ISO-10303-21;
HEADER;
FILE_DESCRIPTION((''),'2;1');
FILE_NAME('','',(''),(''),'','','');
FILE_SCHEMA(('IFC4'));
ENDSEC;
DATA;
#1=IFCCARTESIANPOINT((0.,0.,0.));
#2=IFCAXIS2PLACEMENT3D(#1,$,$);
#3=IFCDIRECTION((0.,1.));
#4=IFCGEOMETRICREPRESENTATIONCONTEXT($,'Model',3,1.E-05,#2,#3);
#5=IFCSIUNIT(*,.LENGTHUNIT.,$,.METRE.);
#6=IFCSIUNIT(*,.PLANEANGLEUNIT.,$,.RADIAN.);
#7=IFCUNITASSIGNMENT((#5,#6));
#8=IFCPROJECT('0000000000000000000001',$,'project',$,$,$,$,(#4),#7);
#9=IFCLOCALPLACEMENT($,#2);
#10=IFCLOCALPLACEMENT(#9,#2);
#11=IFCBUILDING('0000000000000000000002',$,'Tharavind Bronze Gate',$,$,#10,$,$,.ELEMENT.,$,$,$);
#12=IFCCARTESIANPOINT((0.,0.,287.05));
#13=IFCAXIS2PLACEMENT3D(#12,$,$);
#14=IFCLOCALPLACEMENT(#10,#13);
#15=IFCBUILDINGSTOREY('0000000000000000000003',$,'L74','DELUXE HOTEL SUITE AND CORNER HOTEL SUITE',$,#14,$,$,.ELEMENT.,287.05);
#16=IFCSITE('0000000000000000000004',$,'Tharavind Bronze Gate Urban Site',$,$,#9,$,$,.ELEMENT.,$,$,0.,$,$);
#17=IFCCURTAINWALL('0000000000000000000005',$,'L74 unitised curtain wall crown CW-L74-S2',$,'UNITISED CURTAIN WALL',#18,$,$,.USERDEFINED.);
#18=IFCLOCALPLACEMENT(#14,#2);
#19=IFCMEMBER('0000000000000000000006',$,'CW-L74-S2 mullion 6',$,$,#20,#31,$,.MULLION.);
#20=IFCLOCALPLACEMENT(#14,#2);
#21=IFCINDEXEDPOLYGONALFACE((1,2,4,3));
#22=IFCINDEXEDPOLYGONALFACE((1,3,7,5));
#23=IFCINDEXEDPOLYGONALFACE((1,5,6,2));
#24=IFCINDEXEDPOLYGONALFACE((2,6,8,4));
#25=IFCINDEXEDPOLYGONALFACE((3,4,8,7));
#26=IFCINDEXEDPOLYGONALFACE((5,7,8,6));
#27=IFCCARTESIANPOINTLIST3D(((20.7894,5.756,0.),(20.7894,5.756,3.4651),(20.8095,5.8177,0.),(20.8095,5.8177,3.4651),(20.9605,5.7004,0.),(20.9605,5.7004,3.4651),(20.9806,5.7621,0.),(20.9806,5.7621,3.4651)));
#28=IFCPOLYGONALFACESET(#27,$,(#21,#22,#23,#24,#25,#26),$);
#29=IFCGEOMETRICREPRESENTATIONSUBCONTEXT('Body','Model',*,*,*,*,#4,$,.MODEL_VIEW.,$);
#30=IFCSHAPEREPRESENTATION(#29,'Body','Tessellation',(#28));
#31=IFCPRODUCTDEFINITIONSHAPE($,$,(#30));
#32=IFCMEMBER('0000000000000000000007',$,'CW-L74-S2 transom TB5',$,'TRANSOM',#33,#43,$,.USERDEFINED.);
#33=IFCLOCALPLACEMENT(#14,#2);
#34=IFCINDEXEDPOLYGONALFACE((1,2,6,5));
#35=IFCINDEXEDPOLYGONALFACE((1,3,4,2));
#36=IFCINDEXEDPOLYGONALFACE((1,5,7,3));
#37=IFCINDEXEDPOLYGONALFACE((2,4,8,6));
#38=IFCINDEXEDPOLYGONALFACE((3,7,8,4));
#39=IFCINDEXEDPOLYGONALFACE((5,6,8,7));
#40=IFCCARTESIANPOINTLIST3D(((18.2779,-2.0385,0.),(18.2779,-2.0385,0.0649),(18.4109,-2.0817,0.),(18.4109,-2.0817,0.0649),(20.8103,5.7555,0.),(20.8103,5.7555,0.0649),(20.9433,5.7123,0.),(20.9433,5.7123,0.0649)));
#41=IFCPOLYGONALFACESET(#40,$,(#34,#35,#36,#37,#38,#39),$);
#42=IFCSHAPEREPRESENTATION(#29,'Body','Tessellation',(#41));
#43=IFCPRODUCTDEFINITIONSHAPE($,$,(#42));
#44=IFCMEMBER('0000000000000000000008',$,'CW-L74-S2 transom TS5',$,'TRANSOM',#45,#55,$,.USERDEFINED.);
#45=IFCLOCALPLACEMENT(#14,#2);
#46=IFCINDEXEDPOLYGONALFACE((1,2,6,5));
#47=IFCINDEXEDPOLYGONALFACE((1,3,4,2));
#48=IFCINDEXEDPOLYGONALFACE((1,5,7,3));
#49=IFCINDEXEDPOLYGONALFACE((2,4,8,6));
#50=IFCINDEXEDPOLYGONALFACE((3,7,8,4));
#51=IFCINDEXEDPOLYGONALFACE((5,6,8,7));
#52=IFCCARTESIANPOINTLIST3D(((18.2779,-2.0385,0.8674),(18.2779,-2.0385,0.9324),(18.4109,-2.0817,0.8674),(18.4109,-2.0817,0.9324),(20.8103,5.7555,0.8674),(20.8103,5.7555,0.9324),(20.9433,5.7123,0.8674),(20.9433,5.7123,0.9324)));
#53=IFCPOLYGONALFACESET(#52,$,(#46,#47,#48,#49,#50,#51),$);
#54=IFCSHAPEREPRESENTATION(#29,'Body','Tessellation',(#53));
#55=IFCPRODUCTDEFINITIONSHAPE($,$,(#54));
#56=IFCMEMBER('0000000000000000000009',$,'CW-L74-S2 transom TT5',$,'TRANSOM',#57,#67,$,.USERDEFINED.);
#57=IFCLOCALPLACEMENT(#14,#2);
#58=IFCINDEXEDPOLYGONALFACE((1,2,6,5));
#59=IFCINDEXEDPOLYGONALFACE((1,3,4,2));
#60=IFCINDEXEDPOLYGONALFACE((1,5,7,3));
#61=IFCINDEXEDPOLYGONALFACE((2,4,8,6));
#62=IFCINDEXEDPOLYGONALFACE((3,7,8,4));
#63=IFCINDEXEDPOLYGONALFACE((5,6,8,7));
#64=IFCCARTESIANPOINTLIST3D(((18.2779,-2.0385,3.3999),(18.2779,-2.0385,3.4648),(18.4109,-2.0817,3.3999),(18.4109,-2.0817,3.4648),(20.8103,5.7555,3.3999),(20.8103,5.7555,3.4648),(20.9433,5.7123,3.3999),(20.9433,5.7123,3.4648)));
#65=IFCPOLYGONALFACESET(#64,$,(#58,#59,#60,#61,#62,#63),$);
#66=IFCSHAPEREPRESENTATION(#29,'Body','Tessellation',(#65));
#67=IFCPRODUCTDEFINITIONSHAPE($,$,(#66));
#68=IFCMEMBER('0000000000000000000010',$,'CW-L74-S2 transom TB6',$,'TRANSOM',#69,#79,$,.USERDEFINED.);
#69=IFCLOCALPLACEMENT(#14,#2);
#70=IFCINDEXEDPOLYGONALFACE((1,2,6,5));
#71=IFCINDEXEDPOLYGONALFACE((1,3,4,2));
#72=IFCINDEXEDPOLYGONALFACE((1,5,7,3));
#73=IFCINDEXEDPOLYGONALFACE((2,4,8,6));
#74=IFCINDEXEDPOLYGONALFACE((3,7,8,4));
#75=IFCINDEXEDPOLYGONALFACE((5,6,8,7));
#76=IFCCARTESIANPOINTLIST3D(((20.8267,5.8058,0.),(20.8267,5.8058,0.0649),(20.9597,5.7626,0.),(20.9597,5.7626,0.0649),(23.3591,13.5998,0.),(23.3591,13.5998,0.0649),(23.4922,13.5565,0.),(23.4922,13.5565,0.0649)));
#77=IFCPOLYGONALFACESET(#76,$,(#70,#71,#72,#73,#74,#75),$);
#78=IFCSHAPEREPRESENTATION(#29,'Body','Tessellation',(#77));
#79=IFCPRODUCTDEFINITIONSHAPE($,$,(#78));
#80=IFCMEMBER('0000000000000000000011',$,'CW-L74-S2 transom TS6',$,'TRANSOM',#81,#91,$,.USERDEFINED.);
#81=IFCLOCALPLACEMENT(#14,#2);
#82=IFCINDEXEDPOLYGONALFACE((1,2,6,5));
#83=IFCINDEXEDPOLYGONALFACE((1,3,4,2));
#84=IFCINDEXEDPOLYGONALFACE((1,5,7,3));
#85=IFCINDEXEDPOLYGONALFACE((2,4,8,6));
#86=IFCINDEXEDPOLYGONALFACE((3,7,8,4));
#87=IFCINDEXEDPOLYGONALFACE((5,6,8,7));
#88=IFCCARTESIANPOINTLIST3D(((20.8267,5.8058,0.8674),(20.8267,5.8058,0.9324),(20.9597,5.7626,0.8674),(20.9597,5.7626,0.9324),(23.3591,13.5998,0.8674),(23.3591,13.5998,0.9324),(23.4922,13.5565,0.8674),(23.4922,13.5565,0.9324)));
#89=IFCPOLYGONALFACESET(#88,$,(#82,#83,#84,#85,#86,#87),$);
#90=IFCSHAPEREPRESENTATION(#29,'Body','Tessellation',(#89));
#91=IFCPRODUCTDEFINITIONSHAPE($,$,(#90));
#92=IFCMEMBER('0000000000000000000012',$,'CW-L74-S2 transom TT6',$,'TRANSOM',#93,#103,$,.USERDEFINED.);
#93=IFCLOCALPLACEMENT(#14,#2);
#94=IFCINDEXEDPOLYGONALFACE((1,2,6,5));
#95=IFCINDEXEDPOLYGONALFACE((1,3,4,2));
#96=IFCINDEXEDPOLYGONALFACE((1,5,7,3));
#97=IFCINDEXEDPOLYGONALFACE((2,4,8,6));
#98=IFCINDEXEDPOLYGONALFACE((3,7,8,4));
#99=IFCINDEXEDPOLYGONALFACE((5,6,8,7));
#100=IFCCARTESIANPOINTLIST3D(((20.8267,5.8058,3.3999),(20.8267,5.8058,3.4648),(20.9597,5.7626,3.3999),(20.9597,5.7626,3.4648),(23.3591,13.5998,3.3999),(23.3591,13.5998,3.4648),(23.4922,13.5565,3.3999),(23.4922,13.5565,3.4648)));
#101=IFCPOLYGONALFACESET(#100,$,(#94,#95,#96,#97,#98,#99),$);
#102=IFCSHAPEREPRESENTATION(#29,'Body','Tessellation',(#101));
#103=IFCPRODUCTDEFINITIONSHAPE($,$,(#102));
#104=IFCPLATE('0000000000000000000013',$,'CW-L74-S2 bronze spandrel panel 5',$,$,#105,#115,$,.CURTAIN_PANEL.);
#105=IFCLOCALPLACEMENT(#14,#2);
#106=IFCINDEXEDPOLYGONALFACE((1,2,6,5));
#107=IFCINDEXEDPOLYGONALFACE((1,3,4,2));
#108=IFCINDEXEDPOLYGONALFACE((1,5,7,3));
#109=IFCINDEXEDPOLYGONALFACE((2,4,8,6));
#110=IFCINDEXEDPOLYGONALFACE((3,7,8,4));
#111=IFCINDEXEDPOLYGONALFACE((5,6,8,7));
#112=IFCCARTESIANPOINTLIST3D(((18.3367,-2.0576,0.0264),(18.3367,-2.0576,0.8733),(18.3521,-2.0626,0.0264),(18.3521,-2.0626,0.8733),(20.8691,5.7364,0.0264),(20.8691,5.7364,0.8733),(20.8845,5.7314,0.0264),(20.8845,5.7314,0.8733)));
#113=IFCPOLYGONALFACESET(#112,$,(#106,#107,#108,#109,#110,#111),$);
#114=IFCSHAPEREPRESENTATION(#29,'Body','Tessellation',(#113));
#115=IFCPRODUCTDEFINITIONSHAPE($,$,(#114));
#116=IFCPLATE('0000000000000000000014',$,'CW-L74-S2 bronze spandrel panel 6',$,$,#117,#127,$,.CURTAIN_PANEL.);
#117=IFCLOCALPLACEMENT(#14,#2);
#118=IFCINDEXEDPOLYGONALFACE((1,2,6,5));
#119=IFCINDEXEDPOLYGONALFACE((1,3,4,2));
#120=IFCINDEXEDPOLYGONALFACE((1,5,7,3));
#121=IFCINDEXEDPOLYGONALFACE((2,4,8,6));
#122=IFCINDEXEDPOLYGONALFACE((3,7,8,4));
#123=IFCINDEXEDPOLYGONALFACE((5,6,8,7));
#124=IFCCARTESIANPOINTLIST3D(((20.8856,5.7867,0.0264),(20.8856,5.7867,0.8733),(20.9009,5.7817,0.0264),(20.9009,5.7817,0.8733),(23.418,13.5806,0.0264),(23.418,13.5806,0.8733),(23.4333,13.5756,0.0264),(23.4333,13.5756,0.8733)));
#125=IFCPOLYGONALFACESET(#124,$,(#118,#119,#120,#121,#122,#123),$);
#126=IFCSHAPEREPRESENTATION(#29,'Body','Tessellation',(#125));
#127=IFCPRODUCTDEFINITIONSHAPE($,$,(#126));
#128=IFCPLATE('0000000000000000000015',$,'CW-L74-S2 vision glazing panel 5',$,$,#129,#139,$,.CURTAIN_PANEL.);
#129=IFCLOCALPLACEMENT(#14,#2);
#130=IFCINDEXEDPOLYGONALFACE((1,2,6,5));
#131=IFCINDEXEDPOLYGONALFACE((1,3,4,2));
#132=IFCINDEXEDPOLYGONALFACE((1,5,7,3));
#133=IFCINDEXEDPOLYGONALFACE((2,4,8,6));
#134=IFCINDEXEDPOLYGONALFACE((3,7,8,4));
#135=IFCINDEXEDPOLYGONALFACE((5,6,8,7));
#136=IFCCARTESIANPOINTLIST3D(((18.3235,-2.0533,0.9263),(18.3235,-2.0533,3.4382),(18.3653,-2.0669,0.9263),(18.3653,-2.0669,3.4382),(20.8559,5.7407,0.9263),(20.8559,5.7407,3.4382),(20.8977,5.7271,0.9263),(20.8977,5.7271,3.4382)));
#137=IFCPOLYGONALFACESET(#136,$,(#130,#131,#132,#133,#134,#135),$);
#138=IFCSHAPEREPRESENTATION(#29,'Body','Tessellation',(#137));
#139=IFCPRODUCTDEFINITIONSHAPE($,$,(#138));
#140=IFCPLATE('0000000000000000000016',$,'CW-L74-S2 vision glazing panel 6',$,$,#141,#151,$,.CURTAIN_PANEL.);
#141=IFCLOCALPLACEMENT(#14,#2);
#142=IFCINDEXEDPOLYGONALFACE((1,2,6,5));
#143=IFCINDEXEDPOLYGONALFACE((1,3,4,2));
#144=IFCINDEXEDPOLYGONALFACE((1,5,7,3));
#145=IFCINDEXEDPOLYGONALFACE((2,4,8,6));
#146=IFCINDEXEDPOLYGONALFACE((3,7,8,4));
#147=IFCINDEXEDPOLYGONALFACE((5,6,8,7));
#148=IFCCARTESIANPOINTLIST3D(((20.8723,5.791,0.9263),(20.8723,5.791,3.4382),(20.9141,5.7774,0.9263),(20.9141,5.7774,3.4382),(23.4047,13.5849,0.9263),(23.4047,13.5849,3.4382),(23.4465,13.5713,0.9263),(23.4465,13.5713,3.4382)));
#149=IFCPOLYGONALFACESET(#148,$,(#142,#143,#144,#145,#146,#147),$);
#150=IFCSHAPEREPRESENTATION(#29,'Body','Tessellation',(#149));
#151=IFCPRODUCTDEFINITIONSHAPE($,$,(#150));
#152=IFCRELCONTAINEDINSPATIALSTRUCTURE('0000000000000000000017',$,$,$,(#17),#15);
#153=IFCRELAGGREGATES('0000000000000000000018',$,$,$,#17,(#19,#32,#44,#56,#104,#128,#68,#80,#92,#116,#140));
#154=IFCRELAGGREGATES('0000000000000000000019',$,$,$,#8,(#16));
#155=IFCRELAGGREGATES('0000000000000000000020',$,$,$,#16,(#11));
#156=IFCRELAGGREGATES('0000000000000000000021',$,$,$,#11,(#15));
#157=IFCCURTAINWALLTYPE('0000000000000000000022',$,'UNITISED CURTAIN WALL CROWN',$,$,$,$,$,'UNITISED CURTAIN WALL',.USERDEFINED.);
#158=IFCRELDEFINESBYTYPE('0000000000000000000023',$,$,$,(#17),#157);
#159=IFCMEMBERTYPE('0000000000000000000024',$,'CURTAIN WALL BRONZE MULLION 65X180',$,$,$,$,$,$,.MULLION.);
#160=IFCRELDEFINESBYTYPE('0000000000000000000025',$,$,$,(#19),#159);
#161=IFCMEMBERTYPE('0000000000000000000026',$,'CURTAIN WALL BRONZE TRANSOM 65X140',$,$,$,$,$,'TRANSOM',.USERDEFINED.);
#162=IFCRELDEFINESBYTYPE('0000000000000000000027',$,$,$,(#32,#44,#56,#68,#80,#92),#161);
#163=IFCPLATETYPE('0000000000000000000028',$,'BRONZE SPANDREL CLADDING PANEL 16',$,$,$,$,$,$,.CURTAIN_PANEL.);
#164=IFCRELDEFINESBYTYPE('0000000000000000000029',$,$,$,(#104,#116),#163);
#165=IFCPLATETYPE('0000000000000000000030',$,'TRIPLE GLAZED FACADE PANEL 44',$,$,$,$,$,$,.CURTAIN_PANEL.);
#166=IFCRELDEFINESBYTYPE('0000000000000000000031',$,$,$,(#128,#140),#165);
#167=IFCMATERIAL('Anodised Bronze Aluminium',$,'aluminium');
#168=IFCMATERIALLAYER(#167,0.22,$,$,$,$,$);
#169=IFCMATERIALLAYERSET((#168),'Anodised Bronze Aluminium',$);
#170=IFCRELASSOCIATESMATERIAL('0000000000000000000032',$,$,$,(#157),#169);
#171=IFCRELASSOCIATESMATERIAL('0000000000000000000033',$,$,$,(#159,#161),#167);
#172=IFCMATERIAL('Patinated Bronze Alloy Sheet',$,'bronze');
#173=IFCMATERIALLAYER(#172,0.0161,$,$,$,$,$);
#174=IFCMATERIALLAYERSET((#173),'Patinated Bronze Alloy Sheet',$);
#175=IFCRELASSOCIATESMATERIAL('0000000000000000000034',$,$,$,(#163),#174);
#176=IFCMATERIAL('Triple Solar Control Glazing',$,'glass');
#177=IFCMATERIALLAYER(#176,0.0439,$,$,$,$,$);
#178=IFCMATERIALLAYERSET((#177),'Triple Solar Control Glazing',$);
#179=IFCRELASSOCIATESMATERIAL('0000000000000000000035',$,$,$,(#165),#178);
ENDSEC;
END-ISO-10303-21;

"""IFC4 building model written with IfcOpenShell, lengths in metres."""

from ifc_helpers import new_model, si_unit, direction, frame, origin, origin_2d, place, context, subcontext, project, spatial, rectangle, extrude, material, layer, layer_set, type_object, element, aggregate, save


model = new_model("IFC4")

# Units and contexts
model_context = context("Model", 3, precision=1e-05, world=origin(), true_north=direction((0.0, 1.0)))
body_context = subcontext(model_context, "Body", "Model", "MODEL_VIEW")
ifc_project = project(units=[si_unit("LENGTHUNIT", "METRE"), si_unit("PLANEANGLEUNIT", "RADIAN")], contexts=[model_context])

# Site, building, storey
site_placement = place(None, origin())
site = spatial("IfcSite", under=ifc_project, at=site_placement, Name="Tharavind Bronze Gate Urban Site", CompositionType="ELEMENT", RefElevation=0.0)
building_placement = place(site_placement, origin())
building = spatial("IfcBuilding", under=site, at=building_placement, Name="Tharavind Bronze Gate", CompositionType="ELEMENT")
storey_placement = place(building_placement, frame((0.0, 0.0, 287.05)))
storey = spatial("IfcBuildingStorey", under=building, at=storey_placement, Name="L74", Description="DELUXE HOTEL SUITE AND CORNER HOTEL SUITE", CompositionType="ELEMENT", Elevation=287.05)

# Curtain wall, members, plates
ifc_material_1 = material(Name="Anodised Bronze Aluminium", Category="aluminium")
ifc_layer_1 = layer(ifc_material_1, 0.22)
ifc_layer_set_1 = layer_set([ifc_layer_1], Name="Anodised Bronze Aluminium")
curtain_wall_type = type_object("IfcCurtainWallType", Name="UNITISED CURTAIN WALL CROWN", ElementType="UNITISED CURTAIN WALL", PredefinedType="USERDEFINED", material=ifc_layer_set_1)
curtain_wall_placement = place(storey_placement, origin())
curtain_wall = element("IfcCurtainWall", 1, at=curtain_wall_placement, inside=storey, type_object=curtain_wall_type, Name="L74 unitised curtain wall crown CW-L74-S2", ObjectType="UNITISED CURTAIN WALL", PredefinedType="USERDEFINED")
member_type_1 = type_object("IfcMemberType", Name="CURTAIN WALL BRONZE MULLION 65X180", PredefinedType="MULLION", material=ifc_material_1)
member_1_placement = place(storey_placement, frame((20.885, 5.759, 0.0), z_axis=(0.0, 0.0, 1.0), x_axis=(0.309017, 0.951057, 0.0)))
member_1 = element("IfcMember", 2, at=member_1_placement, type_object=member_type_1, Name="CW-L74-S2 mullion 6", PredefinedType="MULLION", context=body_context, shape_type="SweptSolid", body=[
    extrude(rectangle(XDim=0.0649, YDim=0.1799, at=origin_2d()), origin(), (0.0, 0.0, 1.0), 3.4651),
])
member_type_2 = type_object("IfcMemberType", Name="CURTAIN WALL BRONZE TRANSOM 65X140", ElementType="TRANSOM", PredefinedType="USERDEFINED", material=ifc_material_1)
member_2_placement = place(storey_placement, frame((19.6106, 1.8369, 0.0), z_axis=(0.0, 0.0, 1.0), x_axis=(0.309017, 0.951057, 0.0)))
member_2 = element("IfcMember", 3, at=member_2_placement, type_object=member_type_2, Name="CW-L74-S2 transom TB5", ObjectType="TRANSOM", PredefinedType="USERDEFINED", context=body_context, shape_type="SweptSolid", body=[
    extrude(rectangle(XDim=8.1951, YDim=0.1399, at=origin_2d()), origin(), (0.0, 0.0, 1.0), 0.0649),
])
member_3_placement = place(storey_placement, frame((19.6106, 1.8369, 0.8674), z_axis=(0.0, 0.0, 1.0), x_axis=(0.309017, 0.951057, 0.0)))
member_3 = element("IfcMember", 4, at=member_3_placement, type_object=member_type_2, Name="CW-L74-S2 transom TS5", ObjectType="TRANSOM", PredefinedType="USERDEFINED", context=body_context, shape_type="SweptSolid", body=[
    extrude(rectangle(XDim=8.1951, YDim=0.1399, at=origin_2d()), origin(), (0.0, 0.0, 1.0), 0.0649),
])
member_4_placement = place(storey_placement, frame((19.6106, 1.8369, 3.3999), z_axis=(0.0, 0.0, 1.0), x_axis=(0.309017, 0.951057, 0.0)))
member_4 = element("IfcMember", 5, at=member_4_placement, type_object=member_type_2, Name="CW-L74-S2 transom TT5", ObjectType="TRANSOM", PredefinedType="USERDEFINED", context=body_context, shape_type="SweptSolid", body=[
    extrude(rectangle(XDim=8.1951, YDim=0.1399, at=origin_2d()), origin(), (0.0, 0.0, 1.0), 0.0649),
])
member_5_placement = place(storey_placement, frame((22.1594, 9.6812, 0.0), z_axis=(0.0, 0.0, 1.0), x_axis=(0.309017, 0.951057, 0.0)))
member_5 = element("IfcMember", 6, at=member_5_placement, type_object=member_type_2, Name="CW-L74-S2 transom TB6", ObjectType="TRANSOM", PredefinedType="USERDEFINED", context=body_context, shape_type="SweptSolid", body=[
    extrude(rectangle(XDim=8.1951, YDim=0.1399, at=origin_2d()), origin(), (0.0, 0.0, 1.0), 0.0649),
])
member_6_placement = place(storey_placement, frame((22.1594, 9.6812, 0.8674), z_axis=(0.0, 0.0, 1.0), x_axis=(0.309017, 0.951057, 0.0)))
member_6 = element("IfcMember", 7, at=member_6_placement, type_object=member_type_2, Name="CW-L74-S2 transom TS6", ObjectType="TRANSOM", PredefinedType="USERDEFINED", context=body_context, shape_type="SweptSolid", body=[
    extrude(rectangle(XDim=8.1951, YDim=0.1399, at=origin_2d()), origin(), (0.0, 0.0, 1.0), 0.0649),
])
member_7_placement = place(storey_placement, frame((22.1594, 9.6812, 3.3999), z_axis=(0.0, 0.0, 1.0), x_axis=(0.309017, 0.951057, 0.0)))
member_7 = element("IfcMember", 8, at=member_7_placement, type_object=member_type_2, Name="CW-L74-S2 transom TT6", ObjectType="TRANSOM", PredefinedType="USERDEFINED", context=body_context, shape_type="SweptSolid", body=[
    extrude(rectangle(XDim=8.1951, YDim=0.1399, at=origin_2d()), origin(), (0.0, 0.0, 1.0), 0.0649),
])
ifc_material_2 = material(Name="Patinated Bronze Alloy Sheet", Category="bronze")
ifc_layer_2 = layer(ifc_material_2, 0.0161)
ifc_layer_set_2 = layer_set([ifc_layer_2], Name="Patinated Bronze Alloy Sheet")
plate_type_1 = type_object("IfcPlateType", Name="BRONZE SPANDREL CLADDING PANEL 16", PredefinedType="CURTAIN_PANEL", material=ifc_layer_set_2)
plate_1_placement = place(storey_placement, frame((19.6106, 1.8369, 0.0264), z_axis=(0.0, 0.0, 1.0), x_axis=(0.309017, 0.951057, 0.0)))
plate_1 = element("IfcPlate", 9, at=plate_1_placement, type_object=plate_type_1, Name="CW-L74-S2 bronze spandrel panel 5", PredefinedType="CURTAIN_PANEL", context=body_context, shape_type="SweptSolid", body=[
    extrude(rectangle(XDim=8.1951, YDim=0.0161, at=origin_2d()), origin(), (0.0, 0.0, 1.0), 0.8469),
])
plate_2_placement = place(storey_placement, frame((22.1594, 9.6812, 0.0264), z_axis=(0.0, 0.0, 1.0), x_axis=(0.309017, 0.951057, 0.0)))
plate_2 = element("IfcPlate", 10, at=plate_2_placement, type_object=plate_type_1, Name="CW-L74-S2 bronze spandrel panel 6", PredefinedType="CURTAIN_PANEL", context=body_context, shape_type="SweptSolid", body=[
    extrude(rectangle(XDim=8.1951, YDim=0.0161, at=origin_2d()), origin(), (0.0, 0.0, 1.0), 0.8469),
])
ifc_material_3 = material(Name="Triple Solar Control Glazing", Category="glass")
ifc_layer_3 = layer(ifc_material_3, 0.0439)
ifc_layer_set_3 = layer_set([ifc_layer_3], Name="Triple Solar Control Glazing")
plate_type_2 = type_object("IfcPlateType", Name="TRIPLE GLAZED FACADE PANEL 44", PredefinedType="CURTAIN_PANEL", material=ifc_layer_set_3)
plate_3_placement = place(storey_placement, frame((19.6106, 1.8369, 0.9263), z_axis=(0.0, 0.0, 1.0), x_axis=(0.309017, 0.951057, 0.0)))
plate_3 = element("IfcPlate", 11, at=plate_3_placement, type_object=plate_type_2, Name="CW-L74-S2 vision glazing panel 5", PredefinedType="CURTAIN_PANEL", context=body_context, shape_type="SweptSolid", body=[
    extrude(rectangle(XDim=8.1951, YDim=0.0439, at=origin_2d()), origin(), (0.0, 0.0, 1.0), 2.512),
])
plate_4_placement = place(storey_placement, frame((22.1594, 9.6812, 0.9263), z_axis=(0.0, 0.0, 1.0), x_axis=(0.309017, 0.951057, 0.0)))
plate_4 = element("IfcPlate", 12, at=plate_4_placement, type_object=plate_type_2, Name="CW-L74-S2 vision glazing panel 6", PredefinedType="CURTAIN_PANEL", context=body_context, shape_type="SweptSolid", body=[
    extrude(rectangle(XDim=8.1951, YDim=0.0439, at=origin_2d()), origin(), (0.0, 0.0, 1.0), 2.512),
])
aggregate(curtain_wall, [member_1, member_2, member_3, member_4, plate_1, plate_3, member_5, member_6, member_7, plate_2, plate_4])

save(model, "model.ifc")
